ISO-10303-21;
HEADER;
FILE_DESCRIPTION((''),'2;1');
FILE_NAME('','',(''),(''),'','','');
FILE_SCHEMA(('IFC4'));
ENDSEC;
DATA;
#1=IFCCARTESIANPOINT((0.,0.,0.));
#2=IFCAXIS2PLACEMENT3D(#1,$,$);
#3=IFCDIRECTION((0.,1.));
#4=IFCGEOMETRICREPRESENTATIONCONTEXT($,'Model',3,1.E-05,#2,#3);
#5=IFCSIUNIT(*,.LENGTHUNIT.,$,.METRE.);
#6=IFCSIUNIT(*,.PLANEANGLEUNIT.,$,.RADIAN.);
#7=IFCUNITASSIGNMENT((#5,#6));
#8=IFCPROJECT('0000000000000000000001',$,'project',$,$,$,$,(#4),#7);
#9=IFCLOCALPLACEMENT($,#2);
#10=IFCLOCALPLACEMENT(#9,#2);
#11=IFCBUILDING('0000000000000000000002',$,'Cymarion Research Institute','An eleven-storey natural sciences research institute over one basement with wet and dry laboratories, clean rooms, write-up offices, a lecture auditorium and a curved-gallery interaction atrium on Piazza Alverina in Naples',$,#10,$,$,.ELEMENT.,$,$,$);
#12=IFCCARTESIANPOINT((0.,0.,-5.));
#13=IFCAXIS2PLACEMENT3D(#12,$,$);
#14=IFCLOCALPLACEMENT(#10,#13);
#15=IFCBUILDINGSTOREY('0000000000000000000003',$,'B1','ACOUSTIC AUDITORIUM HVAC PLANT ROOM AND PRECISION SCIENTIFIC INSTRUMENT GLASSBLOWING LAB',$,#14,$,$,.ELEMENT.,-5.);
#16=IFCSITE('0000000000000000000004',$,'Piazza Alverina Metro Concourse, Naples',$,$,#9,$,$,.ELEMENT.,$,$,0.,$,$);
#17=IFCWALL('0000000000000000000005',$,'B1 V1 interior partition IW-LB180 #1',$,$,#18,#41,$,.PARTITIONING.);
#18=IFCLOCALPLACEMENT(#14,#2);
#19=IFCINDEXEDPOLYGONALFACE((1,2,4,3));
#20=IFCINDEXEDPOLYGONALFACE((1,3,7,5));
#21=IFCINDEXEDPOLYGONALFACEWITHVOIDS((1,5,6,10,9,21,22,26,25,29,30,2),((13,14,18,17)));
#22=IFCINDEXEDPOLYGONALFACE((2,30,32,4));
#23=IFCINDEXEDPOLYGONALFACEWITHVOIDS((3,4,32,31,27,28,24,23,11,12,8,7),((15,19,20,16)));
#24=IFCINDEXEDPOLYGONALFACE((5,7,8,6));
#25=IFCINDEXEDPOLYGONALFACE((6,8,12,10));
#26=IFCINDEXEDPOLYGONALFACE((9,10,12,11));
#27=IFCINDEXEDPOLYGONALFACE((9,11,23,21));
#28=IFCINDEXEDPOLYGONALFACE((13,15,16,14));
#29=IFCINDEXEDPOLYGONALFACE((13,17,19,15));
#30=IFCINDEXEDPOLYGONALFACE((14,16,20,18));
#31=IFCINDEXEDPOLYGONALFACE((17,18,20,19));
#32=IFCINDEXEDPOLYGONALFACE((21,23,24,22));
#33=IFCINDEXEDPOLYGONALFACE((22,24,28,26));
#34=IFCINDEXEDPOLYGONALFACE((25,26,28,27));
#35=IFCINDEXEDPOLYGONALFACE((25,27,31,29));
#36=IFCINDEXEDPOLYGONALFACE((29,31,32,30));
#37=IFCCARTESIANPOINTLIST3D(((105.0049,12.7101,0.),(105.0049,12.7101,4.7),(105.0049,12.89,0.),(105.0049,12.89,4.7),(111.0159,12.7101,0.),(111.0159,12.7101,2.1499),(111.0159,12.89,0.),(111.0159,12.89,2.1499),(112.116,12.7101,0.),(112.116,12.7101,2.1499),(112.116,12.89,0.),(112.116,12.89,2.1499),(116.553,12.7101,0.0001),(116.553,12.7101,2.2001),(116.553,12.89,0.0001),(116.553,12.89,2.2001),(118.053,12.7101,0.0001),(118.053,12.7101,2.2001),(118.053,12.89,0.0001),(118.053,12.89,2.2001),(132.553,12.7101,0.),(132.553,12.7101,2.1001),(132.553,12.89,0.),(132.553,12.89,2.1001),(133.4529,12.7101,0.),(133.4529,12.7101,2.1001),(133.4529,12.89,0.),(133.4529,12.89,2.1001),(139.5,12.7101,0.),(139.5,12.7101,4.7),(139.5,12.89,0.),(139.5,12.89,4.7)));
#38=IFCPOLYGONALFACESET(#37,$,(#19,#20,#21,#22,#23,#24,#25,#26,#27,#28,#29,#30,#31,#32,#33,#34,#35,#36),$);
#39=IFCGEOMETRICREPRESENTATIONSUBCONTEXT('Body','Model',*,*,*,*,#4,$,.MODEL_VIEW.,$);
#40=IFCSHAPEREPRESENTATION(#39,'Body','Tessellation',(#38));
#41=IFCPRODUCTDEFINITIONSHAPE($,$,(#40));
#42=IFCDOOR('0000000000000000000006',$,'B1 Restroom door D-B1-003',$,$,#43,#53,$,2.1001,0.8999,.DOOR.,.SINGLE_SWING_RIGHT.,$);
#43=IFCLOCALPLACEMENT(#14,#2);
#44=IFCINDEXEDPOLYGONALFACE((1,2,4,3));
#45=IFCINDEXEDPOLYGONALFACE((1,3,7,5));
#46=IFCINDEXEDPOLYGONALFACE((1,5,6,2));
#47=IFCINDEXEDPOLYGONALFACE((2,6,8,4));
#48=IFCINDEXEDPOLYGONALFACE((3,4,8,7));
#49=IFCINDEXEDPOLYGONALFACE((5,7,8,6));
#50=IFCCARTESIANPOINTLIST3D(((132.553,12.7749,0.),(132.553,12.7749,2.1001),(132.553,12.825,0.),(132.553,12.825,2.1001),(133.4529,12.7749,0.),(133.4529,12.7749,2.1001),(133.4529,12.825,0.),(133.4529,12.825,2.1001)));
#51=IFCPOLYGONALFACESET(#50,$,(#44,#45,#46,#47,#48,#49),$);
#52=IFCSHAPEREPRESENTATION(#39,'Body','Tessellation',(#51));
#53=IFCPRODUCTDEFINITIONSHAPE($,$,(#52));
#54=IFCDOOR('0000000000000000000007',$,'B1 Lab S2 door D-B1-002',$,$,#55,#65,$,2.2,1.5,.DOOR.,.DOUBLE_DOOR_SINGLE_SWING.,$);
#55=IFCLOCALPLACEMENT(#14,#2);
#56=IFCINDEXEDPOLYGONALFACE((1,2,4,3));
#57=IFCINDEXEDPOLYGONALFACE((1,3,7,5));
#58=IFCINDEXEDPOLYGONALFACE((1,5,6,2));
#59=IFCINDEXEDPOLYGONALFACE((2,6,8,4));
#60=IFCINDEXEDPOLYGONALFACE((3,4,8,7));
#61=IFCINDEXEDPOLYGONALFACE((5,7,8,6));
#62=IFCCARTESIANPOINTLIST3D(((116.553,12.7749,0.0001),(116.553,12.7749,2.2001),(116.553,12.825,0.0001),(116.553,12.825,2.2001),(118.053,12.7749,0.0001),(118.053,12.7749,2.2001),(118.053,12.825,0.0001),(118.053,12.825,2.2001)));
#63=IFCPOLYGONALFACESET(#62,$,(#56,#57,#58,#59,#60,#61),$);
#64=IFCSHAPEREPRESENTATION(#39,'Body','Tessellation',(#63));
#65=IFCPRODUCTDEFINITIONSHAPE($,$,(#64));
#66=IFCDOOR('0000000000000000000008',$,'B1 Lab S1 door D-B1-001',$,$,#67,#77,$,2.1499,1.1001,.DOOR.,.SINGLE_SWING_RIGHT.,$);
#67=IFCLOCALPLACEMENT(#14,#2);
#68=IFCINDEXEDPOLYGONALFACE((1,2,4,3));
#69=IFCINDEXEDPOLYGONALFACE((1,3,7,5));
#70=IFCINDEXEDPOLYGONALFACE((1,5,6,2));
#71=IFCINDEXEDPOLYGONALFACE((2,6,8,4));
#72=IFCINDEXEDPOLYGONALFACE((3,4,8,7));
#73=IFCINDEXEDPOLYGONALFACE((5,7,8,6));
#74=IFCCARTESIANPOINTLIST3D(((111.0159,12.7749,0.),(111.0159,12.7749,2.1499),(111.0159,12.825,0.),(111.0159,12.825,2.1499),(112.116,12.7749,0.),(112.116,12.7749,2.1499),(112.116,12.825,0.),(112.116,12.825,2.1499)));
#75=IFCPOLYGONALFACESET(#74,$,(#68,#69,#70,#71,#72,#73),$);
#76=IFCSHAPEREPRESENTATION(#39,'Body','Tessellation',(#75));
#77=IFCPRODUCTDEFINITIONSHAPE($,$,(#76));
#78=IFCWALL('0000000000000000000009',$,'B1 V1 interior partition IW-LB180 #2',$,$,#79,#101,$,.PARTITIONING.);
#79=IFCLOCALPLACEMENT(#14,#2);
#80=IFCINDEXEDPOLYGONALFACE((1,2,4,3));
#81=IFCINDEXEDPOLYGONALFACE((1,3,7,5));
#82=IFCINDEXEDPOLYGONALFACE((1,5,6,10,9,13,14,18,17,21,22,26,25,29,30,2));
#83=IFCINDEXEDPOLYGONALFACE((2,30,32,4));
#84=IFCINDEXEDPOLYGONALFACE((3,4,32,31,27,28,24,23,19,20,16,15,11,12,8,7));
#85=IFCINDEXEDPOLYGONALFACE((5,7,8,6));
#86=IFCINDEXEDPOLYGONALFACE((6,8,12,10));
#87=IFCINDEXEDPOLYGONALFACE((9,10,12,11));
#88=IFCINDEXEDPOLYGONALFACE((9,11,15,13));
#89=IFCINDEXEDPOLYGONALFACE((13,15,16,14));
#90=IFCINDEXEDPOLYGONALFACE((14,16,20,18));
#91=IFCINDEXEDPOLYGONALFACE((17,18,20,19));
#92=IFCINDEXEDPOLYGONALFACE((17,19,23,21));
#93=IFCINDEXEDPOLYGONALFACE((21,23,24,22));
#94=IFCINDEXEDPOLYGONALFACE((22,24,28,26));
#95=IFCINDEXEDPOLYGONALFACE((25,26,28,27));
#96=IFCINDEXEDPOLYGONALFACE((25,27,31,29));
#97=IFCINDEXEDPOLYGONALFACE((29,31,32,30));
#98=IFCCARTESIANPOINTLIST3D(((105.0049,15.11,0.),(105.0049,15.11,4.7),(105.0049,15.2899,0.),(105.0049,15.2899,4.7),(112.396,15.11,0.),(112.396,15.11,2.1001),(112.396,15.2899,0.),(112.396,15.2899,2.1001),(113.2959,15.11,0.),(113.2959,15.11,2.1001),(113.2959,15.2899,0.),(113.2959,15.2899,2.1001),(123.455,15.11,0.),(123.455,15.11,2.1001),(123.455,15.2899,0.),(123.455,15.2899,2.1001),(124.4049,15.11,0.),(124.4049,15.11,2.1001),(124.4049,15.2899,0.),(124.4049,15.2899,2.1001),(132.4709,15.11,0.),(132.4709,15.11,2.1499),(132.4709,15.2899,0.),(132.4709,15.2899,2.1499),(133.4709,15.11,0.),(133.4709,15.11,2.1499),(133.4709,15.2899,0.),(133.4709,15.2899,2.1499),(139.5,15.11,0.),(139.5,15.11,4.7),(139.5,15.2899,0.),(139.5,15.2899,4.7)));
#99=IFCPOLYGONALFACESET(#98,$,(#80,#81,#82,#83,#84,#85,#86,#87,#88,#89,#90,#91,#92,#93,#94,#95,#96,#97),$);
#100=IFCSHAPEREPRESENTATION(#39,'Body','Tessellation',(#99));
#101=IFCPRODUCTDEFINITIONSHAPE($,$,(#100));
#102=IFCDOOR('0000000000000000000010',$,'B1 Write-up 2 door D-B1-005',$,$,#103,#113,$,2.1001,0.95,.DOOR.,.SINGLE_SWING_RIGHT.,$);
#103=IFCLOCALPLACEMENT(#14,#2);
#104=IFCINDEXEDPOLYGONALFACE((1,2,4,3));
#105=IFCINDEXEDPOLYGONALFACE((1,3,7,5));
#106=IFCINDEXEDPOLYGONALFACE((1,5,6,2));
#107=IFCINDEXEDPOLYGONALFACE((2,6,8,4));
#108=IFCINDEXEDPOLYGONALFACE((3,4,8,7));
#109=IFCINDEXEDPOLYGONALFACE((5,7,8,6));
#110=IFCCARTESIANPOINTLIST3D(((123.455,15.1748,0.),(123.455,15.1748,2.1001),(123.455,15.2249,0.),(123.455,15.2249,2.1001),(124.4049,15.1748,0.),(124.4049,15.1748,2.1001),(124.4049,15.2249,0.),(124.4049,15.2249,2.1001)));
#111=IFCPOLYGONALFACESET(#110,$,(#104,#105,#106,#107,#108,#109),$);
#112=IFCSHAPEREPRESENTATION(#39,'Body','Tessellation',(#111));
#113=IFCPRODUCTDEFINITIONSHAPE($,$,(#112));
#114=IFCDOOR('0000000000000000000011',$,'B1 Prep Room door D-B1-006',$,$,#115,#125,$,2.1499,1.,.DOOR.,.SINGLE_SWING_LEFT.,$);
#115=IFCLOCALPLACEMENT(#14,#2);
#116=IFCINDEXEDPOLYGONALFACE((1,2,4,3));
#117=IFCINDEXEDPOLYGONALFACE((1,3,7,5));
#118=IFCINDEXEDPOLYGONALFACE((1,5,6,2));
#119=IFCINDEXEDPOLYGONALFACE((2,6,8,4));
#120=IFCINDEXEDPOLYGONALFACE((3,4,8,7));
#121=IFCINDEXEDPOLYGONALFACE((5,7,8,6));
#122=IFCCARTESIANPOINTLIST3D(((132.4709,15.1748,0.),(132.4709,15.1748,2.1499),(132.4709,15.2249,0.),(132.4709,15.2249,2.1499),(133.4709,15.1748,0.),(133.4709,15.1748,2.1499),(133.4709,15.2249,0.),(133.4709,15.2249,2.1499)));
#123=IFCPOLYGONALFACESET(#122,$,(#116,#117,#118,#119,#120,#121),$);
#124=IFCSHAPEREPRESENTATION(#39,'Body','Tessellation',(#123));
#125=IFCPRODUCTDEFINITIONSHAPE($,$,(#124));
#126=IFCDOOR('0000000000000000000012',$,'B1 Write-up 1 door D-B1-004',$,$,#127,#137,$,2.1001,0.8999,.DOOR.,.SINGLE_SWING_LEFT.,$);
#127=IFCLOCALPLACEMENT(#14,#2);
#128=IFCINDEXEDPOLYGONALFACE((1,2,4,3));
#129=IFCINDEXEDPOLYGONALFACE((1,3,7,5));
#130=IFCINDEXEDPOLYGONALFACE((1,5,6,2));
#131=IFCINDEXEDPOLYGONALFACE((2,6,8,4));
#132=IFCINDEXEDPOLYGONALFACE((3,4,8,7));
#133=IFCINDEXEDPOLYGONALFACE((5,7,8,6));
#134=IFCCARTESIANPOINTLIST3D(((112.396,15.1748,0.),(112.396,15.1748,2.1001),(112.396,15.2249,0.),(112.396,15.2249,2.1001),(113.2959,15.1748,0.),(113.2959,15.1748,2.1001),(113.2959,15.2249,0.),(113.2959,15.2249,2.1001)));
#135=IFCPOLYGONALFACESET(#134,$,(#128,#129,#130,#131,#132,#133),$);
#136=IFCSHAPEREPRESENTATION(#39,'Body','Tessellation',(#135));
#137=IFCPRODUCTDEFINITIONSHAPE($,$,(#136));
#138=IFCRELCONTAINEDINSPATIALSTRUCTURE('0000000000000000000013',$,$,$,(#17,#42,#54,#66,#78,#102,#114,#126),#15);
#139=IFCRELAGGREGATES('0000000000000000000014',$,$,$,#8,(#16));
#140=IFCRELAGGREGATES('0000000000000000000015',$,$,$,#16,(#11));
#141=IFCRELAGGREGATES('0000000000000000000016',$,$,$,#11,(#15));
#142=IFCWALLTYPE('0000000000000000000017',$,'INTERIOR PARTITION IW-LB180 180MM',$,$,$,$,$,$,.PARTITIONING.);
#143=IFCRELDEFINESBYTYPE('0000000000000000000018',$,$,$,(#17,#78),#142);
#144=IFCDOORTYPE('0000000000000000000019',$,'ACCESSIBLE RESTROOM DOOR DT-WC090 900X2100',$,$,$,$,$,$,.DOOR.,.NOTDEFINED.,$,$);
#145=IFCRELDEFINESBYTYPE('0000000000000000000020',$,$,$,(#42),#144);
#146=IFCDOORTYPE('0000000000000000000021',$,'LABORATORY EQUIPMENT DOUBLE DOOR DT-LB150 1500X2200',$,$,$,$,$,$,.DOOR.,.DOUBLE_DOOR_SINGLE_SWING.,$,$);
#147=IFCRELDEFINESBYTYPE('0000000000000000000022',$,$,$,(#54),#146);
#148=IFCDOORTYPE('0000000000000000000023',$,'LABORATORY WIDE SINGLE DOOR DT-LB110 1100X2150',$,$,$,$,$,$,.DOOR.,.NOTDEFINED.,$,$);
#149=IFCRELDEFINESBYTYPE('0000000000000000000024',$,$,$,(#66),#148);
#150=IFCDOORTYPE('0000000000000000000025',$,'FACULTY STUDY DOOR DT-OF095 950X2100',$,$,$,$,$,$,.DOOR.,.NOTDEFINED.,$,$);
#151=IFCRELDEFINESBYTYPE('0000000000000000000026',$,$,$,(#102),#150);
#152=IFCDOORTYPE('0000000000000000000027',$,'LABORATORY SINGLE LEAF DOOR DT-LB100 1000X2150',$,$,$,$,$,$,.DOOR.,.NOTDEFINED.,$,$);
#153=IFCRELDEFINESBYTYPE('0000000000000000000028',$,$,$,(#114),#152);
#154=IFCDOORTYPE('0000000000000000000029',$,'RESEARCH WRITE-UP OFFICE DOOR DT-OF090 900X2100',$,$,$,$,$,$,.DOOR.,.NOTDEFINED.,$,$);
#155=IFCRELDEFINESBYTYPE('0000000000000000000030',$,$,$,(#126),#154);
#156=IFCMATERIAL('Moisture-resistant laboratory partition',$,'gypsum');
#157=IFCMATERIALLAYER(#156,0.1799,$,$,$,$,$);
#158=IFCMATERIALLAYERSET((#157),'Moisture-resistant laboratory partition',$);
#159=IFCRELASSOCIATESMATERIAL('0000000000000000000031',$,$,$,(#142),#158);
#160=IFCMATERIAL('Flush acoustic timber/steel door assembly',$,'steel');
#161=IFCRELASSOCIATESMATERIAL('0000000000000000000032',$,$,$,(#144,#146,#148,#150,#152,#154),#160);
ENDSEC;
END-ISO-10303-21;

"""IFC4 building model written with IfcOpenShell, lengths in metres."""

from ifc_helpers import new_model, si_unit, direction, frame, frame_2d, origin, place, context, subcontext, project, spatial, rectangle, extrude, material, layer, layer_set, type_object, element, fill, save


model = new_model("IFC4")

# Units and contexts
model_context = context("Model", 3, precision=1e-05, world=origin(), true_north=direction((0.0, 1.0)))
body_context = subcontext(model_context, "Body", "Model", "MODEL_VIEW")
ifc_project = project(units=[si_unit("LENGTHUNIT", "METRE"), si_unit("PLANEANGLEUNIT", "RADIAN")], contexts=[model_context])

# Site, building, storey
site_placement = place(None, origin())
site = spatial("IfcSite", under=ifc_project, at=site_placement, Name="Piazza Alverina Metro Concourse, Naples", CompositionType="ELEMENT", RefElevation=0.0)
building_placement = place(site_placement, origin())
building = spatial("IfcBuilding", under=site, at=building_placement, Name="Cymarion Research Institute", Description="An eleven-storey natural sciences research institute over one basement with wet and dry laboratories, clean rooms, write-up offices, a lecture auditorium and a curved-gallery interaction atrium on Piazza Alverina in Naples", CompositionType="ELEMENT")
storey_placement = place(building_placement, frame((0.0, 0.0, -5.0)))
storey = spatial("IfcBuildingStorey", under=building, at=storey_placement, Name="B1", Description="ACOUSTIC AUDITORIUM HVAC PLANT ROOM AND PRECISION SCIENTIFIC INSTRUMENT GLASSBLOWING LAB", CompositionType="ELEMENT", Elevation=-5.0)

# Walls, openings, doors
ifc_material_1 = material(Name="Moisture-resistant laboratory partition", Category="gypsum")
ifc_layer_1 = layer(ifc_material_1, 0.1799)
ifc_layer_set_1 = layer_set([ifc_layer_1], Name="Moisture-resistant laboratory partition")
wall_type_1 = type_object("IfcWallType", Name="INTERIOR PARTITION IW-LB180 180MM", PredefinedType="PARTITIONING", material=ifc_layer_set_1)
wall_1_placement = place(storey_placement, frame((105.0049, 12.8, 0.0), z_axis=(0.0, 0.0, 1.0), x_axis=(1.0, 0.0, 0.0)))
wall_1 = element("IfcWall", 1, at=wall_1_placement, inside=storey, type_object=wall_type_1, Name="B1 V1 interior partition IW-LB180 #1", PredefinedType="PARTITIONING", context=body_context, shape_type="SweptSolid", body=[
    extrude(rectangle(XDim=34.4951, YDim=0.1799, at=frame_2d((17.2476, 0.0))), origin(), (0.0, 0.0, 1.0), 4.7),
])
opening_1_placement = place(wall_1_placement, frame((6.011, 0.0, 0.0)))
opening_1 = element("IfcOpeningElement", 2, at=opening_1_placement, cuts=wall_1, PredefinedType="OPENING", context=body_context, shape_type="SweptSolid", body=[
    extrude(rectangle(XDim=1.1001, YDim=2.1499, at=frame_2d((0.55, 1.075))), frame((0.0, 0.0999, 0.0), z_axis=(0.0, -1.0, 0.0), x_axis=(1.0, 0.0, 0.0)), (0.0, 0.0, 1.0), 0.2),
])
opening_2_placement = place(wall_1_placement, frame((11.5481, 0.0, 0.0)))
opening_2 = element("IfcOpeningElement", 3, at=opening_2_placement, cuts=wall_1, PredefinedType="OPENING", context=body_context, shape_type="SweptSolid", body=[
    extrude(rectangle(XDim=1.5, YDim=2.2, at=frame_2d((0.75, 1.1001))), frame((0.0, 0.0999, 0.0), z_axis=(0.0, -1.0, 0.0), x_axis=(1.0, 0.0, 0.0)), (0.0, 0.0, 1.0), 0.2),
])
opening_3_placement = place(wall_1_placement, frame((27.5481, 0.0, 0.0)))
opening_3 = element("IfcOpeningElement", 4, at=opening_3_placement, cuts=wall_1, PredefinedType="OPENING", context=body_context, shape_type="SweptSolid", body=[
    extrude(rectangle(XDim=0.8999, YDim=2.1001, at=frame_2d((0.45, 1.05))), frame((0.0, 0.0999, 0.0), z_axis=(0.0, -1.0, 0.0), x_axis=(1.0, 0.0, 0.0)), (0.0, 0.0, 1.0), 0.2),
])
ifc_material_2 = material(Name="Flush acoustic timber/steel door assembly", Category="steel")
door_type_1 = type_object("IfcDoorType", Name="ACCESSIBLE RESTROOM DOOR DT-WC090 900X2100", OperationType="NOTDEFINED", PredefinedType="DOOR", material=ifc_material_2)
door_1_placement = place(opening_3_placement, origin())
door_1 = element("IfcDoor", 5, at=door_1_placement, inside=storey, type_object=door_type_1, Name="B1 Restroom door D-B1-003", OperationType="SINGLE_SWING_RIGHT", OverallHeight=2.1001, OverallWidth=0.8999, PredefinedType="DOOR", context=body_context, shape_type="SweptSolid", body=[
    extrude(rectangle(XDim=0.8999, YDim=2.1001, at=frame_2d((0.45, 1.05))), frame((0.0, 0.0249, 0.0), z_axis=(0.0, -1.0, 0.0), x_axis=(1.0, 0.0, 0.0)), (0.0, 0.0, 1.0), 0.05),
])
fill(opening_3, door_1)
door_type_2 = type_object("IfcDoorType", Name="LABORATORY EQUIPMENT DOUBLE DOOR DT-LB150 1500X2200", OperationType="DOUBLE_DOOR_SINGLE_SWING", PredefinedType="DOOR", material=ifc_material_2)
door_2_placement = place(opening_2_placement, origin())
door_2 = element("IfcDoor", 6, at=door_2_placement, inside=storey, type_object=door_type_2, Name="B1 Lab S2 door D-B1-002", OperationType="DOUBLE_DOOR_SINGLE_SWING", OverallHeight=2.2, OverallWidth=1.5, PredefinedType="DOOR", context=body_context, shape_type="SweptSolid", body=[
    extrude(rectangle(XDim=1.5, YDim=2.2, at=frame_2d((0.75, 1.1001))), frame((0.0, 0.0249, 0.0), z_axis=(0.0, -1.0, 0.0), x_axis=(1.0, 0.0, 0.0)), (0.0, 0.0, 1.0), 0.05),
])
fill(opening_2, door_2)
door_type_3 = type_object("IfcDoorType", Name="LABORATORY WIDE SINGLE DOOR DT-LB110 1100X2150", OperationType="NOTDEFINED", PredefinedType="DOOR", material=ifc_material_2)
door_3_placement = place(opening_1_placement, origin())
door_3 = element("IfcDoor", 7, at=door_3_placement, inside=storey, type_object=door_type_3, Name="B1 Lab S1 door D-B1-001", OperationType="SINGLE_SWING_RIGHT", OverallHeight=2.1499, OverallWidth=1.1001, PredefinedType="DOOR", context=body_context, shape_type="SweptSolid", body=[
    extrude(rectangle(XDim=1.1001, YDim=2.1499, at=frame_2d((0.55, 1.075))), frame((0.0, 0.0249, 0.0), z_axis=(0.0, -1.0, 0.0), x_axis=(1.0, 0.0, 0.0)), (0.0, 0.0, 1.0), 0.05),
])
fill(opening_1, door_3)
wall_2_placement = place(storey_placement, frame((105.0049, 15.2, 0.0), z_axis=(0.0, 0.0, 1.0), x_axis=(1.0, 0.0, 0.0)))
wall_2 = element("IfcWall", 8, at=wall_2_placement, inside=storey, type_object=wall_type_1, Name="B1 V1 interior partition IW-LB180 #2", PredefinedType="PARTITIONING", context=body_context, shape_type="SweptSolid", body=[
    extrude(rectangle(XDim=34.4951, YDim=0.1799, at=frame_2d((17.2476, 0.0))), origin(), (0.0, 0.0, 1.0), 4.7),
])
opening_4_placement = place(wall_2_placement, frame((7.3911, 0.0, 0.0)))
opening_4 = element("IfcOpeningElement", 9, at=opening_4_placement, cuts=wall_2, PredefinedType="OPENING", context=body_context, shape_type="SweptSolid", body=[
    extrude(rectangle(XDim=0.8999, YDim=2.1001, at=frame_2d((0.45, 1.05))), frame((0.0, 0.0999, 0.0), z_axis=(0.0, -1.0, 0.0), x_axis=(1.0, 0.0, 0.0)), (0.0, 0.0, 1.0), 0.2),
])
opening_5_placement = place(wall_2_placement, frame((18.45, 0.0, 0.0)))
opening_5 = element("IfcOpeningElement", 10, at=opening_5_placement, cuts=wall_2, PredefinedType="OPENING", context=body_context, shape_type="SweptSolid", body=[
    extrude(rectangle(XDim=0.95, YDim=2.1001, at=frame_2d((0.4751, 1.05))), frame((0.0, 0.0999, 0.0), z_axis=(0.0, -1.0, 0.0), x_axis=(1.0, 0.0, 0.0)), (0.0, 0.0, 1.0), 0.2),
])
opening_6_placement = place(wall_2_placement, frame((27.4661, 0.0, 0.0)))
opening_6 = element("IfcOpeningElement", 11, at=opening_6_placement, cuts=wall_2, PredefinedType="OPENING", context=body_context, shape_type="SweptSolid", body=[
    extrude(rectangle(XDim=1.0, YDim=2.1499, at=frame_2d((0.5, 1.075))), frame((0.0, 0.0999, 0.0), z_axis=(0.0, -1.0, 0.0), x_axis=(1.0, 0.0, 0.0)), (0.0, 0.0, 1.0), 0.2),
])
door_type_4 = type_object("IfcDoorType", Name="FACULTY STUDY DOOR DT-OF095 950X2100", OperationType="NOTDEFINED", PredefinedType="DOOR", material=ifc_material_2)
door_4_placement = place(opening_5_placement, origin())
door_4 = element("IfcDoor", 12, at=door_4_placement, inside=storey, type_object=door_type_4, Name="B1 Write-up 2 door D-B1-005", OperationType="SINGLE_SWING_RIGHT", OverallHeight=2.1001, OverallWidth=0.95, PredefinedType="DOOR", context=body_context, shape_type="SweptSolid", body=[
    extrude(rectangle(XDim=0.95, YDim=2.1001, at=frame_2d((0.4751, 1.05))), frame((0.0, 0.0249, 0.0), z_axis=(0.0, -1.0, 0.0), x_axis=(1.0, 0.0, 0.0)), (0.0, 0.0, 1.0), 0.05),
])
fill(opening_5, door_4)
door_type_5 = type_object("IfcDoorType", Name="LABORATORY SINGLE LEAF DOOR DT-LB100 1000X2150", OperationType="NOTDEFINED", PredefinedType="DOOR", material=ifc_material_2)
door_5_placement = place(opening_6_placement, origin())
door_5 = element("IfcDoor", 13, at=door_5_placement, inside=storey, type_object=door_type_5, Name="B1 Prep Room door D-B1-006", OperationType="SINGLE_SWING_LEFT", OverallHeight=2.1499, OverallWidth=1.0, PredefinedType="DOOR", context=body_context, shape_type="SweptSolid", body=[
    extrude(rectangle(XDim=1.0, YDim=2.1499, at=frame_2d((0.5, 1.075))), frame((0.0, 0.0249, 0.0), z_axis=(0.0, -1.0, 0.0), x_axis=(1.0, 0.0, 0.0)), (0.0, 0.0, 1.0), 0.05),
])
fill(opening_6, door_5)
door_type_6 = type_object("IfcDoorType", Name="RESEARCH WRITE-UP OFFICE DOOR DT-OF090 900X2100", OperationType="NOTDEFINED", PredefinedType="DOOR", material=ifc_material_2)
door_6_placement = place(opening_4_placement, origin())
door_6 = element("IfcDoor", 14, at=door_6_placement, inside=storey, type_object=door_type_6, Name="B1 Write-up 1 door D-B1-004", OperationType="SINGLE_SWING_LEFT", OverallHeight=2.1001, OverallWidth=0.8999, PredefinedType="DOOR", context=body_context, shape_type="SweptSolid", body=[
    extrude(rectangle(XDim=0.8999, YDim=2.1001, at=frame_2d((0.45, 1.05))), frame((0.0, 0.0249, 0.0), z_axis=(0.0, -1.0, 0.0), x_axis=(1.0, 0.0, 0.0)), (0.0, 0.0, 1.0), 0.05),
])
fill(opening_4, door_6)

save(model, "model.ifc")
